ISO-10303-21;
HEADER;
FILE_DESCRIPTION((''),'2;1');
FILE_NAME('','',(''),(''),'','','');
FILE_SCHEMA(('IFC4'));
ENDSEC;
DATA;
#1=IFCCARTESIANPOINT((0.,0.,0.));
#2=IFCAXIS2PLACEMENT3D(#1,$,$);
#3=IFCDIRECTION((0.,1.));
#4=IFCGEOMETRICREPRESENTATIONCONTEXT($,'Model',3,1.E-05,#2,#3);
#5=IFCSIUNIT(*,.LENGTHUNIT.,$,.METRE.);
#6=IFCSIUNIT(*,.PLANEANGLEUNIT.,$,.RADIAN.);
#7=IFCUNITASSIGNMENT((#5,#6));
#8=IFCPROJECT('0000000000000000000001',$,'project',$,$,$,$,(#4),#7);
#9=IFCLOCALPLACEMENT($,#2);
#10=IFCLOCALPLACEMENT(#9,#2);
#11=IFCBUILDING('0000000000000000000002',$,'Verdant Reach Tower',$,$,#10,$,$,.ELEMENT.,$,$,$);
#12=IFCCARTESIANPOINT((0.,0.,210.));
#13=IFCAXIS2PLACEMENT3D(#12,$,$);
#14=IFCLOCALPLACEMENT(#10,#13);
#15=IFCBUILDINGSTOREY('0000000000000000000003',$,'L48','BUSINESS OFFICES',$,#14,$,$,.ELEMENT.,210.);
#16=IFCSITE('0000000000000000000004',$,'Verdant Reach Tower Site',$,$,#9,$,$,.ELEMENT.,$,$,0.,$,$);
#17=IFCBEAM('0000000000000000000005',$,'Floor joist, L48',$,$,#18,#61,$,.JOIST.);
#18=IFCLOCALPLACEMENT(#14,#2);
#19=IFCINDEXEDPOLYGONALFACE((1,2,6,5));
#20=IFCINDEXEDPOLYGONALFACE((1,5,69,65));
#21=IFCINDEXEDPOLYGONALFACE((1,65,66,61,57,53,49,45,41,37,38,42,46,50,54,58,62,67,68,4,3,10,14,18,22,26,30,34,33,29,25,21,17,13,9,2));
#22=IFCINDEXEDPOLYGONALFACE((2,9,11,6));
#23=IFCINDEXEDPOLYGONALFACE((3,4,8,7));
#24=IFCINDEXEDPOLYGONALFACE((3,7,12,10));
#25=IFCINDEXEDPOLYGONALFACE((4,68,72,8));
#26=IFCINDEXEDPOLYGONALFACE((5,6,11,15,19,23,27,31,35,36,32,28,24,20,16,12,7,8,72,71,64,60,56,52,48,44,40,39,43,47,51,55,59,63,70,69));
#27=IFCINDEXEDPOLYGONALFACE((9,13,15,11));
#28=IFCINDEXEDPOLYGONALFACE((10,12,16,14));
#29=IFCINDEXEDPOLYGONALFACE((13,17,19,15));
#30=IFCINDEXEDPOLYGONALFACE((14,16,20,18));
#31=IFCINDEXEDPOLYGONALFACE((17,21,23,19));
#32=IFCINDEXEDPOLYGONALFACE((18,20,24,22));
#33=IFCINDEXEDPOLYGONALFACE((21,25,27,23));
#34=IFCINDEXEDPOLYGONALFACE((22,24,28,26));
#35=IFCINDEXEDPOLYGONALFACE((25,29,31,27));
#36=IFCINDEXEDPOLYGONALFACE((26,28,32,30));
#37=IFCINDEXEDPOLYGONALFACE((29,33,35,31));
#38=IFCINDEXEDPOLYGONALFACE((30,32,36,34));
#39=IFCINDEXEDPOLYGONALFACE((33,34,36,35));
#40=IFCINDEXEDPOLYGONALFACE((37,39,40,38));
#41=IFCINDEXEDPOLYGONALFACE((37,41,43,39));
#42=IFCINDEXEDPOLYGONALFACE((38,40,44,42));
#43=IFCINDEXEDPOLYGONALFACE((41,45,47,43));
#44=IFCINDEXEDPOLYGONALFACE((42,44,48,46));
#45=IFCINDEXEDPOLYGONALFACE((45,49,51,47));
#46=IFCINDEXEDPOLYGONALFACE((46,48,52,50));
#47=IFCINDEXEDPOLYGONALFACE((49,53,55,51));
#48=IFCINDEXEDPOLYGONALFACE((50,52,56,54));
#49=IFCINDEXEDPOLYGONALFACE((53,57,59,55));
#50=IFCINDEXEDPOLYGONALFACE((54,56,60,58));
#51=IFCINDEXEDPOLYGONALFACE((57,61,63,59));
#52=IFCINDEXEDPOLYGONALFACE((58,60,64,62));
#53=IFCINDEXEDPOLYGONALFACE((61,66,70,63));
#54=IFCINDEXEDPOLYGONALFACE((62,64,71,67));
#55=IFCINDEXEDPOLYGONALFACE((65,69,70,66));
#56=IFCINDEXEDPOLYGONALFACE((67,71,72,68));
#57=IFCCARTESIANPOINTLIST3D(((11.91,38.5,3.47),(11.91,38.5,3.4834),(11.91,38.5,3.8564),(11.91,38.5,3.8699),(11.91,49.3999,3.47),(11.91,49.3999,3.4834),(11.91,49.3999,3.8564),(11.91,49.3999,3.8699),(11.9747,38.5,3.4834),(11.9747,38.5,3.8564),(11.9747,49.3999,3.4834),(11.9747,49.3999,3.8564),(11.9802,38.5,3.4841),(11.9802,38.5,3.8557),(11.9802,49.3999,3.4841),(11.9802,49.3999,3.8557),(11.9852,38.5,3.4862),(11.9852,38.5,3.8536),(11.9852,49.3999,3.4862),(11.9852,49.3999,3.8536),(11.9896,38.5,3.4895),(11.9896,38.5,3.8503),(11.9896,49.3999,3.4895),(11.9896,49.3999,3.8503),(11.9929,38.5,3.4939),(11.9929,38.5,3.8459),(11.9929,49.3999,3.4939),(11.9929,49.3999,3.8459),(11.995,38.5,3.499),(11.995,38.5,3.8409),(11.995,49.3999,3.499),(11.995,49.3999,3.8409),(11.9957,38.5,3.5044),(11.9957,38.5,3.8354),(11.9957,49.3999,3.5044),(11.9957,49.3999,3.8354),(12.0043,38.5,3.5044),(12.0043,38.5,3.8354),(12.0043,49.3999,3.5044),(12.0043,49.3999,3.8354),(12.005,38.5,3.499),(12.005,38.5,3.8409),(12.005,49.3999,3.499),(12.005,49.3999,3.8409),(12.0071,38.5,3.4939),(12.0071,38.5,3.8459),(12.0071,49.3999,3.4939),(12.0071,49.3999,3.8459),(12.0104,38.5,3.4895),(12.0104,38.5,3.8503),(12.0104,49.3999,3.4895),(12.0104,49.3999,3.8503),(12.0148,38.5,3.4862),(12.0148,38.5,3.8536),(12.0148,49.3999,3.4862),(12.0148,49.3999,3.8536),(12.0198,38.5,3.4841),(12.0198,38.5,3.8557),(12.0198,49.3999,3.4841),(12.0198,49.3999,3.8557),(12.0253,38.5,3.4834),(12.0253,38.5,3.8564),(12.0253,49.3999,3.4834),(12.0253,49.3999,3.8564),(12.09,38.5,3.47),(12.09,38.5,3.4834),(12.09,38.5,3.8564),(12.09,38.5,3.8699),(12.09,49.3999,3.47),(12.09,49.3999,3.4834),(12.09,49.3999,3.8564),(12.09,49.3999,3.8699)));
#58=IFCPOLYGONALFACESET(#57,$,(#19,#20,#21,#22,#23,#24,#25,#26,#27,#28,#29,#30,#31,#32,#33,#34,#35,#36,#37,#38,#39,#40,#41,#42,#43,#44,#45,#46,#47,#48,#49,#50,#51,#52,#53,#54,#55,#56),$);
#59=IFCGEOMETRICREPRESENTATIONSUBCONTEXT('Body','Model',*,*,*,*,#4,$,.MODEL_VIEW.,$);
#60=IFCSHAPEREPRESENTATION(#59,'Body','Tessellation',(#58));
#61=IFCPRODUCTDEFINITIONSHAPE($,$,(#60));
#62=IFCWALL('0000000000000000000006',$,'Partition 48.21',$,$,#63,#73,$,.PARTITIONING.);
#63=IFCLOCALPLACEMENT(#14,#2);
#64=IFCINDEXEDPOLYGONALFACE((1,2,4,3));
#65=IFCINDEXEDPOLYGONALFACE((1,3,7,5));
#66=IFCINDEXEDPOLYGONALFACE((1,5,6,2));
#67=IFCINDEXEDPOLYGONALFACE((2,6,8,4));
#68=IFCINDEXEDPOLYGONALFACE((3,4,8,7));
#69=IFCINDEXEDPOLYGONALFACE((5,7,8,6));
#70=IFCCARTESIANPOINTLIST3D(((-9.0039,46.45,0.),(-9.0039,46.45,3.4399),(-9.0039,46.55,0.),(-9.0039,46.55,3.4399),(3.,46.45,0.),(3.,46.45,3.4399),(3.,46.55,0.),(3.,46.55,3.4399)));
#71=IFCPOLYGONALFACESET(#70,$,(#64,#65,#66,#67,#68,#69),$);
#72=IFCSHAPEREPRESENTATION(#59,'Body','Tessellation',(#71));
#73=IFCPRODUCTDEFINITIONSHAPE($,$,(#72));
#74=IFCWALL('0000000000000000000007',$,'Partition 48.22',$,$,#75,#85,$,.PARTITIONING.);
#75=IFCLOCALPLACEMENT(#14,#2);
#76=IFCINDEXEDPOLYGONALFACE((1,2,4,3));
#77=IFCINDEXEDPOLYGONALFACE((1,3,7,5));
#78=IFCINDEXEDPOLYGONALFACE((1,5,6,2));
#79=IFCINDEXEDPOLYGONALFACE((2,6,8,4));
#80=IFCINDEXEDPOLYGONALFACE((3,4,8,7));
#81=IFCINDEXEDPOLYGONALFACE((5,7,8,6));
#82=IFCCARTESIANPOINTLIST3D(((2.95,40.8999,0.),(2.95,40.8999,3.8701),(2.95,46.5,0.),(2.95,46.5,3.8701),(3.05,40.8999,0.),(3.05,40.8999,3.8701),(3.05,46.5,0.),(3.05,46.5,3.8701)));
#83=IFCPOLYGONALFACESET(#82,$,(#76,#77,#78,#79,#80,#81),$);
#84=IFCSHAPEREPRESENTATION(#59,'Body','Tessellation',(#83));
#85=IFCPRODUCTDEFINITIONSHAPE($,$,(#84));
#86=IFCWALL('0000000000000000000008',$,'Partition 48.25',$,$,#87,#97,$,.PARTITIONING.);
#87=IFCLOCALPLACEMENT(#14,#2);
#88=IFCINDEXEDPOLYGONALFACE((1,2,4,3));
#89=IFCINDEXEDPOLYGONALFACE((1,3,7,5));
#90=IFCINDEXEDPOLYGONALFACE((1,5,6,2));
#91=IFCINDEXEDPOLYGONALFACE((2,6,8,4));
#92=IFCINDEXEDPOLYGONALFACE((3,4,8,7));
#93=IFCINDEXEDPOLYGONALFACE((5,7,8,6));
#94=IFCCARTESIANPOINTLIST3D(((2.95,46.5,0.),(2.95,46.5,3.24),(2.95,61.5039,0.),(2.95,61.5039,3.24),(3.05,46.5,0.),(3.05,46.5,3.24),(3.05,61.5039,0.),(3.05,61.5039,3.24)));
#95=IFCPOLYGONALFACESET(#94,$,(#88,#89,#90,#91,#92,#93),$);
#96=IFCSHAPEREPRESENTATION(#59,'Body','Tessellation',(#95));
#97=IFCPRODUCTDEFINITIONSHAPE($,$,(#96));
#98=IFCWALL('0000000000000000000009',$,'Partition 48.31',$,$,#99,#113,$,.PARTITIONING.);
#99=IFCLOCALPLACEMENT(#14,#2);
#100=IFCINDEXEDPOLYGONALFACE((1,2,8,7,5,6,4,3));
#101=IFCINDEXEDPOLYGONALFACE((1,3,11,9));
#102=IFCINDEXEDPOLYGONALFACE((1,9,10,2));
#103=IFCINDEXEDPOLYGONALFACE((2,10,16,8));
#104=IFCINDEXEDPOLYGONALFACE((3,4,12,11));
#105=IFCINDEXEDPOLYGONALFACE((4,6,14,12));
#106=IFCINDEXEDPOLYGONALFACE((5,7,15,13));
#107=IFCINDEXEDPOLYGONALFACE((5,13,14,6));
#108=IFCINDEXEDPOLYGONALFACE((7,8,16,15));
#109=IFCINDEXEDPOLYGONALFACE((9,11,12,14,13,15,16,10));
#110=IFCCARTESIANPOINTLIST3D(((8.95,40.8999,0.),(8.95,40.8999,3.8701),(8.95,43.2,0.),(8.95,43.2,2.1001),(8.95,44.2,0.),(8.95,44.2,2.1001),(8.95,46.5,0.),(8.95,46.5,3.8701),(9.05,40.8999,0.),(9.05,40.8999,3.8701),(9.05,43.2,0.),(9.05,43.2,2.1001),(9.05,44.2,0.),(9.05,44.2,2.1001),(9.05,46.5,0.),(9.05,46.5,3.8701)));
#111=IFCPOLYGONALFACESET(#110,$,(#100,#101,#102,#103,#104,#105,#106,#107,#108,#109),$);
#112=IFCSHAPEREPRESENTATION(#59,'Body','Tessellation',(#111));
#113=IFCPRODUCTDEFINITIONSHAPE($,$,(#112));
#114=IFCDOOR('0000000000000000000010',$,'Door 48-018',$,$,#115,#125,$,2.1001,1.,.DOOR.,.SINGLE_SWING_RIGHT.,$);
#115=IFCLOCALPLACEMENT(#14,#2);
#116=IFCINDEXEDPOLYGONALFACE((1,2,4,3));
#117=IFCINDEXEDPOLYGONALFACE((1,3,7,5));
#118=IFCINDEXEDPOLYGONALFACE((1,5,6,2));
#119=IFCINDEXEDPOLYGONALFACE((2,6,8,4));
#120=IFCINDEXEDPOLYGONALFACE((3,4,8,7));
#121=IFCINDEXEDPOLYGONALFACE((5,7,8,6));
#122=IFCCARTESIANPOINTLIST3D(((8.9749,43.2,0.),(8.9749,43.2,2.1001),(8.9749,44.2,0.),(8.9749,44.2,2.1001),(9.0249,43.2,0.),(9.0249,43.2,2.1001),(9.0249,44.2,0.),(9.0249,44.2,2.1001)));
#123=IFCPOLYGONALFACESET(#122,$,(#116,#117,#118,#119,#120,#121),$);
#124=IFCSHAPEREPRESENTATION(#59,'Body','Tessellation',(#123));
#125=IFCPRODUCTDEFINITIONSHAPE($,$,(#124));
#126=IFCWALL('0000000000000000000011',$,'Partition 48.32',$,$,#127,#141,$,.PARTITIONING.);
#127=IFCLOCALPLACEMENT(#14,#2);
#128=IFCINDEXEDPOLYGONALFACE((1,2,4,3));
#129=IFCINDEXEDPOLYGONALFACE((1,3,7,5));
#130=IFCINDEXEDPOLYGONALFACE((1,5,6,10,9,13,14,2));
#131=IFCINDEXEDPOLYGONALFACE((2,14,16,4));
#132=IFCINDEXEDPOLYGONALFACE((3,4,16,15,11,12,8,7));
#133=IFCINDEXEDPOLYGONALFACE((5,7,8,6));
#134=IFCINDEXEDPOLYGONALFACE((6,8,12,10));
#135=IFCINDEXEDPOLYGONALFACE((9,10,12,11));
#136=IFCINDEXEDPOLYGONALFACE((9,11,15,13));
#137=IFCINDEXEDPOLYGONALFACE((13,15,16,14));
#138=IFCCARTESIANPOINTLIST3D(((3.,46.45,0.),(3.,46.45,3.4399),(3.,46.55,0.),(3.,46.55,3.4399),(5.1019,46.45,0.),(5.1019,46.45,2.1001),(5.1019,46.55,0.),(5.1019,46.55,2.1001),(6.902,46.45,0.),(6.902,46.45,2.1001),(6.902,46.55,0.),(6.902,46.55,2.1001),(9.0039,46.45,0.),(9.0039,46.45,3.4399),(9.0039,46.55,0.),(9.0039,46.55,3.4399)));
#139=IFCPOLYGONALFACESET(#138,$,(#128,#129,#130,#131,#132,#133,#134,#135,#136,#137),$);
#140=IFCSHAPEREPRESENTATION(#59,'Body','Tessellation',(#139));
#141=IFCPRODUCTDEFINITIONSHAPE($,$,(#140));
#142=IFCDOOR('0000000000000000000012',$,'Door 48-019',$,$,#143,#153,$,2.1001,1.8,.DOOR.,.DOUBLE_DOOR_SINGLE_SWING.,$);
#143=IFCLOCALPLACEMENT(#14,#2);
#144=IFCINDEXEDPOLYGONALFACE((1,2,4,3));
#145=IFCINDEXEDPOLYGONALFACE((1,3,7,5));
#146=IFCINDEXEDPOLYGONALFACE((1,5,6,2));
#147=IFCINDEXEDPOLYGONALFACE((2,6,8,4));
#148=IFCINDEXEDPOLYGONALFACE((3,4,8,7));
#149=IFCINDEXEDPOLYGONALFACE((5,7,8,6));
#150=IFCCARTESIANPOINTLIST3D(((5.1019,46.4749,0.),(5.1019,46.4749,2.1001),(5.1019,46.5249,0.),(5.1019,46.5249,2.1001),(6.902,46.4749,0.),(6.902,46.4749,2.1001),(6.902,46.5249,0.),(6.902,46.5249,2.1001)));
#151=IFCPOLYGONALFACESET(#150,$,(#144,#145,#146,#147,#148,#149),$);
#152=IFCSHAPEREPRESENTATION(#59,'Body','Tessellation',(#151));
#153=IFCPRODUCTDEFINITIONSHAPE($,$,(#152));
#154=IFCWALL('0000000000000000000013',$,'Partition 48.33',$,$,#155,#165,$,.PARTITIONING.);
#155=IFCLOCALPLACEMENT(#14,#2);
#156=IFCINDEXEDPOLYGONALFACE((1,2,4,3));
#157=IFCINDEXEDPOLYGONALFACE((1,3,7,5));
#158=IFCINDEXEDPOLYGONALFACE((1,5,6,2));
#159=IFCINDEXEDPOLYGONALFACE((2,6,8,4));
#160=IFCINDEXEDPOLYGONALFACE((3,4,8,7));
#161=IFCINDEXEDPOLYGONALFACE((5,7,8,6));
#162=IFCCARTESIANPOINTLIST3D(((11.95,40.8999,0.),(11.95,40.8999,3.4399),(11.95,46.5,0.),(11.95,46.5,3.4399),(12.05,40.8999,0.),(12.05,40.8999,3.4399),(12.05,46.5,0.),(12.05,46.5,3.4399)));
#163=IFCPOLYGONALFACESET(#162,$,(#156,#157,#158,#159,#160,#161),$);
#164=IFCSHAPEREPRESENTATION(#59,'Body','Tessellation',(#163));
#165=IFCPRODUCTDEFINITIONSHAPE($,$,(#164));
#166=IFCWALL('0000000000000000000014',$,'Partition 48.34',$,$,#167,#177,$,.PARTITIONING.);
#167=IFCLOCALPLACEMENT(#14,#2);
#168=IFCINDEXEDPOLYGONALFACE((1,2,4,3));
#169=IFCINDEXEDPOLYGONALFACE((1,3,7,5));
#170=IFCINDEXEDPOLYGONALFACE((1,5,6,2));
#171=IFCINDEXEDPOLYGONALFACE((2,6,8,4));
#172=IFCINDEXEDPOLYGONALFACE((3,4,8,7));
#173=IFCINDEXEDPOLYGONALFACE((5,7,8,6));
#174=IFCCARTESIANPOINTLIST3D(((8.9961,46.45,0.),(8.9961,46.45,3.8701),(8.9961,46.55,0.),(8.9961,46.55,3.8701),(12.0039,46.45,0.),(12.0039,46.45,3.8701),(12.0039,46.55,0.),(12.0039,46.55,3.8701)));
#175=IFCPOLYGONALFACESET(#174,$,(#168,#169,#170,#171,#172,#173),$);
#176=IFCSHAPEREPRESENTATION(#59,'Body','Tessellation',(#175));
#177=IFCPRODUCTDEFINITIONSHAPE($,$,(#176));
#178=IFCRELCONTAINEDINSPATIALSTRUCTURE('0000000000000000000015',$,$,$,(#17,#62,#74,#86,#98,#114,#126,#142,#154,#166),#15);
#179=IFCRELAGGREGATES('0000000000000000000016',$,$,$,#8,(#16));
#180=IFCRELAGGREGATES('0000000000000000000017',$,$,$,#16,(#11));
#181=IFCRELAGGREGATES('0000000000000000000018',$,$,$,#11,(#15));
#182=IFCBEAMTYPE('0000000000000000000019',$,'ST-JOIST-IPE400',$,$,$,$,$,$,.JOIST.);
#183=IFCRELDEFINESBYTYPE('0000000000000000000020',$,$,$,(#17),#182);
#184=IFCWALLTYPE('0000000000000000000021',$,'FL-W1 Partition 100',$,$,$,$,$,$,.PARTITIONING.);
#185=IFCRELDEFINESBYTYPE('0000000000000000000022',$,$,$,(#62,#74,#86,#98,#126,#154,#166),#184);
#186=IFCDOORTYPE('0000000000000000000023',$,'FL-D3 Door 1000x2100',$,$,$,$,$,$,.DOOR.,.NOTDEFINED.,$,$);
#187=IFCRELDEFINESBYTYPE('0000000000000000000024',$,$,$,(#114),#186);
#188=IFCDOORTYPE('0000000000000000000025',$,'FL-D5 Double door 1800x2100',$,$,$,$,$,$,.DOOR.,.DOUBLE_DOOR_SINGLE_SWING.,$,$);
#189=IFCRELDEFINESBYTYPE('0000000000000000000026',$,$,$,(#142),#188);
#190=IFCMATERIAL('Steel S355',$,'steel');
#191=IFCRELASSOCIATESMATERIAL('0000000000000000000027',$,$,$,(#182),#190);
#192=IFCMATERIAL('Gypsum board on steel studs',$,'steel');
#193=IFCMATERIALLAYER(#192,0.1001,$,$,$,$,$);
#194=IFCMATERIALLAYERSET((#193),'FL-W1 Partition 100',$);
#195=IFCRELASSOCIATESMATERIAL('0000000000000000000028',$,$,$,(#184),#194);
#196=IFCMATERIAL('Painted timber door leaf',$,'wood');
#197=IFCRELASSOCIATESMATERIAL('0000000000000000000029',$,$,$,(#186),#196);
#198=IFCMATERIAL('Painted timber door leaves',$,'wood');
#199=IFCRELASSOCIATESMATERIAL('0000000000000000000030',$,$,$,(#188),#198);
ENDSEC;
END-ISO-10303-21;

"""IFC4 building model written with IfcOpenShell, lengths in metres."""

from ifc_helpers import new_model, si_unit, direction, frame, frame_2d, origin, origin_2d, place, context, subcontext, project, spatial, rectangle, i_section, extrude, material, layer, layer_set, material_profile, profile_set, type_object, element, fill, save


model = new_model("IFC4")

# Units and contexts
model_context = context("Model", 3, precision=1e-05, world=origin(), true_north=direction((0.0, 1.0)))
body_context = subcontext(model_context, "Body", "Model", "MODEL_VIEW")
ifc_project = project(units=[si_unit("LENGTHUNIT", "METRE"), si_unit("PLANEANGLEUNIT", "RADIAN")], contexts=[model_context])

# Site, building, storey
site_placement = place(None, origin())
site = spatial("IfcSite", under=ifc_project, at=site_placement, Name="Verdant Reach Tower Site", CompositionType="ELEMENT", RefElevation=0.0)
building_placement = place(site_placement, origin())
building = spatial("IfcBuilding", under=site, at=building_placement, Name="Verdant Reach Tower", CompositionType="ELEMENT")
storey_placement = place(building_placement, frame((0.0, 0.0, 210.0)))
storey = spatial("IfcBuildingStorey", under=building, at=storey_placement, Name="L48", Description="BUSINESS OFFICES", CompositionType="ELEMENT", Elevation=210.0)

# Beam
ifc_material_1 = material(Name="Steel S355", Category="steel")
ifc_material_profile_1 = material_profile(ifc_material_1, i_section(OverallWidth=0.1799, OverallDepth=0.3999, WebThickness=0.0085, FlangeThickness=0.0134, FilletRadius=0.021, at=origin_2d()), Name="IPE 400")
ifc_profile_set_1 = profile_set([ifc_material_profile_1], Name="Steel S355")
beam_type_1 = type_object("IfcBeamType", Name="ST-JOIST-IPE400", PredefinedType="JOIST", material=ifc_profile_set_1)
for number, where, z_axis, x_axis, name in (
    (1, (12.0, 38.5, 3.6699), (0.0, 1.0, 0.0), (-1.0, 0.0, 0.0), "Floor joist, L48"),
):
    element("IfcBeam", number, at=place(storey_placement, frame(where, z_axis=z_axis, x_axis=x_axis)), inside=storey, type_object=beam_type_1, Name=name, PredefinedType="JOIST", context=body_context, shape_type="SweptSolid", body=[
        extrude(i_section(OverallWidth=0.1799, OverallDepth=0.3999, WebThickness=0.0085, FlangeThickness=0.0134, FilletRadius=0.021, at=origin_2d()), origin(), (0.0, 0.0, 1.0), 10.8999),
    ])

# Walls
ifc_material_2 = material(Name="Gypsum board on steel studs", Category="steel")
ifc_layer_1 = layer(ifc_material_2, 0.1001)
ifc_layer_set_1 = layer_set([ifc_layer_1], Name="FL-W1 Partition 100")
wall_type_1 = type_object("IfcWallType", Name="FL-W1 Partition 100", PredefinedType="PARTITIONING", material=ifc_layer_set_1)
wall_1_placement = place(storey_placement, frame((3.0, 46.5, 0.0), z_axis=(0.0, 0.0, 1.0), x_axis=(-1.0, 0.0, 0.0)))
element("IfcWall", 2, at=wall_1_placement, inside=storey, type_object=wall_type_1, Name="Partition 48.21", PredefinedType="PARTITIONING", context=body_context, shape_type="SweptSolid", body=[
    extrude(rectangle(XDim=12.0039, YDim=0.1001, at=frame_2d((6.002, 0.0))), origin(), (0.0, 0.0, 1.0), 3.4399),
])
wall_2_placement = place(storey_placement, frame((3.0, 40.8999, 0.0), z_axis=(0.0, 0.0, 1.0), x_axis=(0.0, 1.0, 0.0)))
element("IfcWall", 3, at=wall_2_placement, inside=storey, type_object=wall_type_1, Name="Partition 48.22", PredefinedType="PARTITIONING", context=body_context, shape_type="SweptSolid", body=[
    extrude(rectangle(XDim=5.6001, YDim=0.1001, at=frame_2d((2.8, 0.0))), origin(), (0.0, 0.0, 1.0), 3.8701),
])
wall_3_placement = place(storey_placement, frame((3.0, 46.5, 0.0), z_axis=(0.0, 0.0, 1.0), x_axis=(0.0, 1.0, 0.0)))
element("IfcWall", 4, at=wall_3_placement, inside=storey, type_object=wall_type_1, Name="Partition 48.25", PredefinedType="PARTITIONING", context=body_context, shape_type="SweptSolid", body=[
    extrude(rectangle(XDim=15.0039, YDim=0.1001, at=frame_2d((7.502, 0.0))), origin(), (0.0, 0.0, 1.0), 3.24),
])

# Walls, openings, doors
wall_4_placement = place(storey_placement, frame((9.0, 46.5, 0.0), z_axis=(0.0, 0.0, 1.0), x_axis=(0.0, -1.0, 0.0)))
wall_4 = element("IfcWall", 5, at=wall_4_placement, inside=storey, type_object=wall_type_1, Name="Partition 48.31", PredefinedType="PARTITIONING", context=body_context, shape_type="SweptSolid", body=[
    extrude(rectangle(XDim=5.6001, YDim=0.1001, at=frame_2d((2.8, 0.0))), origin(), (0.0, 0.0, 1.0), 3.8701),
])
opening_1_placement = place(wall_4_placement, frame((2.3, 0.0, 0.0)))
opening_1 = element("IfcOpeningElement", 6, at=opening_1_placement, cuts=wall_4, PredefinedType="OPENING", context=body_context, shape_type="SweptSolid", body=[
    extrude(rectangle(XDim=1.0, YDim=2.1001, at=frame_2d((0.5, 1.05))), frame((0.0, 0.0601, 0.0), z_axis=(0.0, -1.0, 0.0), x_axis=(1.0, 0.0, 0.0)), (0.0, 0.0, 1.0), 0.1201),
])
ifc_material_3 = material(Name="Painted timber door leaf", Category="wood")
door_type_1 = type_object("IfcDoorType", Name="FL-D3 Door 1000x2100", OperationType="NOTDEFINED", PredefinedType="DOOR", material=ifc_material_3)
door_1_placement = place(opening_1_placement, origin())
door_1 = element("IfcDoor", 7, at=door_1_placement, inside=storey, type_object=door_type_1, Name="Door 48-018", OperationType="SINGLE_SWING_RIGHT", OverallHeight=2.1001, OverallWidth=1.0, PredefinedType="DOOR", context=body_context, shape_type="SweptSolid", body=[
    extrude(rectangle(XDim=1.0, YDim=2.1001, at=frame_2d((0.5, 1.05))), frame((0.0, 0.0249, 0.0), z_axis=(0.0, -1.0, 0.0), x_axis=(1.0, 0.0, 0.0)), (0.0, 0.0, 1.0), 0.05),
])
fill(opening_1, door_1)
wall_5_placement = place(storey_placement, frame((3.0, 46.5, 0.0), z_axis=(0.0, 0.0, 1.0), x_axis=(1.0, 0.0, 0.0)))
wall_5 = element("IfcWall", 8, at=wall_5_placement, inside=storey, type_object=wall_type_1, Name="Partition 48.32", PredefinedType="PARTITIONING", context=body_context, shape_type="SweptSolid", body=[
    extrude(rectangle(XDim=6.0039, YDim=0.1001, at=frame_2d((3.002, 0.0))), origin(), (0.0, 0.0, 1.0), 3.4399),
])
opening_2_placement = place(wall_5_placement, frame((2.1021, 0.0, 0.0)))
opening_2 = element("IfcOpeningElement", 9, at=opening_2_placement, cuts=wall_5, PredefinedType="OPENING", context=body_context, shape_type="SweptSolid", body=[
    extrude(rectangle(XDim=1.8, YDim=2.1001, at=frame_2d((0.8999, 1.05))), frame((0.0, 0.0601, 0.0), z_axis=(0.0, -1.0, 0.0), x_axis=(1.0, 0.0, 0.0)), (0.0, 0.0, 1.0), 0.1201),
])
ifc_material_4 = material(Name="Painted timber door leaves", Category="wood")
door_type_2 = type_object("IfcDoorType", Name="FL-D5 Double door 1800x2100", OperationType="DOUBLE_DOOR_SINGLE_SWING", PredefinedType="DOOR", material=ifc_material_4)
door_2_placement = place(opening_2_placement, origin())
door_2 = element("IfcDoor", 10, at=door_2_placement, inside=storey, type_object=door_type_2, Name="Door 48-019", OperationType="DOUBLE_DOOR_SINGLE_SWING", OverallHeight=2.1001, OverallWidth=1.8, PredefinedType="DOOR", context=body_context, shape_type="SweptSolid", body=[
    extrude(rectangle(XDim=1.8, YDim=2.1001, at=frame_2d((0.8999, 1.05))), frame((0.0, 0.0249, 0.0), z_axis=(0.0, -1.0, 0.0), x_axis=(1.0, 0.0, 0.0)), (0.0, 0.0, 1.0), 0.05),
])
fill(opening_2, door_2)

# Walls
wall_6_placement = place(storey_placement, frame((12.0, 40.8999, 0.0), z_axis=(0.0, 0.0, 1.0), x_axis=(0.0, 1.0, 0.0)))
element("IfcWall", 11, at=wall_6_placement, inside=storey, type_object=wall_type_1, Name="Partition 48.33", PredefinedType="PARTITIONING", context=body_context, shape_type="SweptSolid", body=[
    extrude(rectangle(XDim=5.6001, YDim=0.1001, at=frame_2d((2.8, 0.0))), origin(), (0.0, 0.0, 1.0), 3.4399),
])
wall_7_placement = place(storey_placement, frame((12.0039, 46.5, 0.0), z_axis=(0.0, 0.0, 1.0), x_axis=(-1.0, 0.0, 0.0)))
element("IfcWall", 12, at=wall_7_placement, inside=storey, type_object=wall_type_1, Name="Partition 48.34", PredefinedType="PARTITIONING", context=body_context, shape_type="SweptSolid", body=[
    extrude(rectangle(XDim=3.0078, YDim=0.1001, at=frame_2d((1.5039, 0.0))), origin(), (0.0, 0.0, 1.0), 3.8701),
])

save(model, "model.ifc")
